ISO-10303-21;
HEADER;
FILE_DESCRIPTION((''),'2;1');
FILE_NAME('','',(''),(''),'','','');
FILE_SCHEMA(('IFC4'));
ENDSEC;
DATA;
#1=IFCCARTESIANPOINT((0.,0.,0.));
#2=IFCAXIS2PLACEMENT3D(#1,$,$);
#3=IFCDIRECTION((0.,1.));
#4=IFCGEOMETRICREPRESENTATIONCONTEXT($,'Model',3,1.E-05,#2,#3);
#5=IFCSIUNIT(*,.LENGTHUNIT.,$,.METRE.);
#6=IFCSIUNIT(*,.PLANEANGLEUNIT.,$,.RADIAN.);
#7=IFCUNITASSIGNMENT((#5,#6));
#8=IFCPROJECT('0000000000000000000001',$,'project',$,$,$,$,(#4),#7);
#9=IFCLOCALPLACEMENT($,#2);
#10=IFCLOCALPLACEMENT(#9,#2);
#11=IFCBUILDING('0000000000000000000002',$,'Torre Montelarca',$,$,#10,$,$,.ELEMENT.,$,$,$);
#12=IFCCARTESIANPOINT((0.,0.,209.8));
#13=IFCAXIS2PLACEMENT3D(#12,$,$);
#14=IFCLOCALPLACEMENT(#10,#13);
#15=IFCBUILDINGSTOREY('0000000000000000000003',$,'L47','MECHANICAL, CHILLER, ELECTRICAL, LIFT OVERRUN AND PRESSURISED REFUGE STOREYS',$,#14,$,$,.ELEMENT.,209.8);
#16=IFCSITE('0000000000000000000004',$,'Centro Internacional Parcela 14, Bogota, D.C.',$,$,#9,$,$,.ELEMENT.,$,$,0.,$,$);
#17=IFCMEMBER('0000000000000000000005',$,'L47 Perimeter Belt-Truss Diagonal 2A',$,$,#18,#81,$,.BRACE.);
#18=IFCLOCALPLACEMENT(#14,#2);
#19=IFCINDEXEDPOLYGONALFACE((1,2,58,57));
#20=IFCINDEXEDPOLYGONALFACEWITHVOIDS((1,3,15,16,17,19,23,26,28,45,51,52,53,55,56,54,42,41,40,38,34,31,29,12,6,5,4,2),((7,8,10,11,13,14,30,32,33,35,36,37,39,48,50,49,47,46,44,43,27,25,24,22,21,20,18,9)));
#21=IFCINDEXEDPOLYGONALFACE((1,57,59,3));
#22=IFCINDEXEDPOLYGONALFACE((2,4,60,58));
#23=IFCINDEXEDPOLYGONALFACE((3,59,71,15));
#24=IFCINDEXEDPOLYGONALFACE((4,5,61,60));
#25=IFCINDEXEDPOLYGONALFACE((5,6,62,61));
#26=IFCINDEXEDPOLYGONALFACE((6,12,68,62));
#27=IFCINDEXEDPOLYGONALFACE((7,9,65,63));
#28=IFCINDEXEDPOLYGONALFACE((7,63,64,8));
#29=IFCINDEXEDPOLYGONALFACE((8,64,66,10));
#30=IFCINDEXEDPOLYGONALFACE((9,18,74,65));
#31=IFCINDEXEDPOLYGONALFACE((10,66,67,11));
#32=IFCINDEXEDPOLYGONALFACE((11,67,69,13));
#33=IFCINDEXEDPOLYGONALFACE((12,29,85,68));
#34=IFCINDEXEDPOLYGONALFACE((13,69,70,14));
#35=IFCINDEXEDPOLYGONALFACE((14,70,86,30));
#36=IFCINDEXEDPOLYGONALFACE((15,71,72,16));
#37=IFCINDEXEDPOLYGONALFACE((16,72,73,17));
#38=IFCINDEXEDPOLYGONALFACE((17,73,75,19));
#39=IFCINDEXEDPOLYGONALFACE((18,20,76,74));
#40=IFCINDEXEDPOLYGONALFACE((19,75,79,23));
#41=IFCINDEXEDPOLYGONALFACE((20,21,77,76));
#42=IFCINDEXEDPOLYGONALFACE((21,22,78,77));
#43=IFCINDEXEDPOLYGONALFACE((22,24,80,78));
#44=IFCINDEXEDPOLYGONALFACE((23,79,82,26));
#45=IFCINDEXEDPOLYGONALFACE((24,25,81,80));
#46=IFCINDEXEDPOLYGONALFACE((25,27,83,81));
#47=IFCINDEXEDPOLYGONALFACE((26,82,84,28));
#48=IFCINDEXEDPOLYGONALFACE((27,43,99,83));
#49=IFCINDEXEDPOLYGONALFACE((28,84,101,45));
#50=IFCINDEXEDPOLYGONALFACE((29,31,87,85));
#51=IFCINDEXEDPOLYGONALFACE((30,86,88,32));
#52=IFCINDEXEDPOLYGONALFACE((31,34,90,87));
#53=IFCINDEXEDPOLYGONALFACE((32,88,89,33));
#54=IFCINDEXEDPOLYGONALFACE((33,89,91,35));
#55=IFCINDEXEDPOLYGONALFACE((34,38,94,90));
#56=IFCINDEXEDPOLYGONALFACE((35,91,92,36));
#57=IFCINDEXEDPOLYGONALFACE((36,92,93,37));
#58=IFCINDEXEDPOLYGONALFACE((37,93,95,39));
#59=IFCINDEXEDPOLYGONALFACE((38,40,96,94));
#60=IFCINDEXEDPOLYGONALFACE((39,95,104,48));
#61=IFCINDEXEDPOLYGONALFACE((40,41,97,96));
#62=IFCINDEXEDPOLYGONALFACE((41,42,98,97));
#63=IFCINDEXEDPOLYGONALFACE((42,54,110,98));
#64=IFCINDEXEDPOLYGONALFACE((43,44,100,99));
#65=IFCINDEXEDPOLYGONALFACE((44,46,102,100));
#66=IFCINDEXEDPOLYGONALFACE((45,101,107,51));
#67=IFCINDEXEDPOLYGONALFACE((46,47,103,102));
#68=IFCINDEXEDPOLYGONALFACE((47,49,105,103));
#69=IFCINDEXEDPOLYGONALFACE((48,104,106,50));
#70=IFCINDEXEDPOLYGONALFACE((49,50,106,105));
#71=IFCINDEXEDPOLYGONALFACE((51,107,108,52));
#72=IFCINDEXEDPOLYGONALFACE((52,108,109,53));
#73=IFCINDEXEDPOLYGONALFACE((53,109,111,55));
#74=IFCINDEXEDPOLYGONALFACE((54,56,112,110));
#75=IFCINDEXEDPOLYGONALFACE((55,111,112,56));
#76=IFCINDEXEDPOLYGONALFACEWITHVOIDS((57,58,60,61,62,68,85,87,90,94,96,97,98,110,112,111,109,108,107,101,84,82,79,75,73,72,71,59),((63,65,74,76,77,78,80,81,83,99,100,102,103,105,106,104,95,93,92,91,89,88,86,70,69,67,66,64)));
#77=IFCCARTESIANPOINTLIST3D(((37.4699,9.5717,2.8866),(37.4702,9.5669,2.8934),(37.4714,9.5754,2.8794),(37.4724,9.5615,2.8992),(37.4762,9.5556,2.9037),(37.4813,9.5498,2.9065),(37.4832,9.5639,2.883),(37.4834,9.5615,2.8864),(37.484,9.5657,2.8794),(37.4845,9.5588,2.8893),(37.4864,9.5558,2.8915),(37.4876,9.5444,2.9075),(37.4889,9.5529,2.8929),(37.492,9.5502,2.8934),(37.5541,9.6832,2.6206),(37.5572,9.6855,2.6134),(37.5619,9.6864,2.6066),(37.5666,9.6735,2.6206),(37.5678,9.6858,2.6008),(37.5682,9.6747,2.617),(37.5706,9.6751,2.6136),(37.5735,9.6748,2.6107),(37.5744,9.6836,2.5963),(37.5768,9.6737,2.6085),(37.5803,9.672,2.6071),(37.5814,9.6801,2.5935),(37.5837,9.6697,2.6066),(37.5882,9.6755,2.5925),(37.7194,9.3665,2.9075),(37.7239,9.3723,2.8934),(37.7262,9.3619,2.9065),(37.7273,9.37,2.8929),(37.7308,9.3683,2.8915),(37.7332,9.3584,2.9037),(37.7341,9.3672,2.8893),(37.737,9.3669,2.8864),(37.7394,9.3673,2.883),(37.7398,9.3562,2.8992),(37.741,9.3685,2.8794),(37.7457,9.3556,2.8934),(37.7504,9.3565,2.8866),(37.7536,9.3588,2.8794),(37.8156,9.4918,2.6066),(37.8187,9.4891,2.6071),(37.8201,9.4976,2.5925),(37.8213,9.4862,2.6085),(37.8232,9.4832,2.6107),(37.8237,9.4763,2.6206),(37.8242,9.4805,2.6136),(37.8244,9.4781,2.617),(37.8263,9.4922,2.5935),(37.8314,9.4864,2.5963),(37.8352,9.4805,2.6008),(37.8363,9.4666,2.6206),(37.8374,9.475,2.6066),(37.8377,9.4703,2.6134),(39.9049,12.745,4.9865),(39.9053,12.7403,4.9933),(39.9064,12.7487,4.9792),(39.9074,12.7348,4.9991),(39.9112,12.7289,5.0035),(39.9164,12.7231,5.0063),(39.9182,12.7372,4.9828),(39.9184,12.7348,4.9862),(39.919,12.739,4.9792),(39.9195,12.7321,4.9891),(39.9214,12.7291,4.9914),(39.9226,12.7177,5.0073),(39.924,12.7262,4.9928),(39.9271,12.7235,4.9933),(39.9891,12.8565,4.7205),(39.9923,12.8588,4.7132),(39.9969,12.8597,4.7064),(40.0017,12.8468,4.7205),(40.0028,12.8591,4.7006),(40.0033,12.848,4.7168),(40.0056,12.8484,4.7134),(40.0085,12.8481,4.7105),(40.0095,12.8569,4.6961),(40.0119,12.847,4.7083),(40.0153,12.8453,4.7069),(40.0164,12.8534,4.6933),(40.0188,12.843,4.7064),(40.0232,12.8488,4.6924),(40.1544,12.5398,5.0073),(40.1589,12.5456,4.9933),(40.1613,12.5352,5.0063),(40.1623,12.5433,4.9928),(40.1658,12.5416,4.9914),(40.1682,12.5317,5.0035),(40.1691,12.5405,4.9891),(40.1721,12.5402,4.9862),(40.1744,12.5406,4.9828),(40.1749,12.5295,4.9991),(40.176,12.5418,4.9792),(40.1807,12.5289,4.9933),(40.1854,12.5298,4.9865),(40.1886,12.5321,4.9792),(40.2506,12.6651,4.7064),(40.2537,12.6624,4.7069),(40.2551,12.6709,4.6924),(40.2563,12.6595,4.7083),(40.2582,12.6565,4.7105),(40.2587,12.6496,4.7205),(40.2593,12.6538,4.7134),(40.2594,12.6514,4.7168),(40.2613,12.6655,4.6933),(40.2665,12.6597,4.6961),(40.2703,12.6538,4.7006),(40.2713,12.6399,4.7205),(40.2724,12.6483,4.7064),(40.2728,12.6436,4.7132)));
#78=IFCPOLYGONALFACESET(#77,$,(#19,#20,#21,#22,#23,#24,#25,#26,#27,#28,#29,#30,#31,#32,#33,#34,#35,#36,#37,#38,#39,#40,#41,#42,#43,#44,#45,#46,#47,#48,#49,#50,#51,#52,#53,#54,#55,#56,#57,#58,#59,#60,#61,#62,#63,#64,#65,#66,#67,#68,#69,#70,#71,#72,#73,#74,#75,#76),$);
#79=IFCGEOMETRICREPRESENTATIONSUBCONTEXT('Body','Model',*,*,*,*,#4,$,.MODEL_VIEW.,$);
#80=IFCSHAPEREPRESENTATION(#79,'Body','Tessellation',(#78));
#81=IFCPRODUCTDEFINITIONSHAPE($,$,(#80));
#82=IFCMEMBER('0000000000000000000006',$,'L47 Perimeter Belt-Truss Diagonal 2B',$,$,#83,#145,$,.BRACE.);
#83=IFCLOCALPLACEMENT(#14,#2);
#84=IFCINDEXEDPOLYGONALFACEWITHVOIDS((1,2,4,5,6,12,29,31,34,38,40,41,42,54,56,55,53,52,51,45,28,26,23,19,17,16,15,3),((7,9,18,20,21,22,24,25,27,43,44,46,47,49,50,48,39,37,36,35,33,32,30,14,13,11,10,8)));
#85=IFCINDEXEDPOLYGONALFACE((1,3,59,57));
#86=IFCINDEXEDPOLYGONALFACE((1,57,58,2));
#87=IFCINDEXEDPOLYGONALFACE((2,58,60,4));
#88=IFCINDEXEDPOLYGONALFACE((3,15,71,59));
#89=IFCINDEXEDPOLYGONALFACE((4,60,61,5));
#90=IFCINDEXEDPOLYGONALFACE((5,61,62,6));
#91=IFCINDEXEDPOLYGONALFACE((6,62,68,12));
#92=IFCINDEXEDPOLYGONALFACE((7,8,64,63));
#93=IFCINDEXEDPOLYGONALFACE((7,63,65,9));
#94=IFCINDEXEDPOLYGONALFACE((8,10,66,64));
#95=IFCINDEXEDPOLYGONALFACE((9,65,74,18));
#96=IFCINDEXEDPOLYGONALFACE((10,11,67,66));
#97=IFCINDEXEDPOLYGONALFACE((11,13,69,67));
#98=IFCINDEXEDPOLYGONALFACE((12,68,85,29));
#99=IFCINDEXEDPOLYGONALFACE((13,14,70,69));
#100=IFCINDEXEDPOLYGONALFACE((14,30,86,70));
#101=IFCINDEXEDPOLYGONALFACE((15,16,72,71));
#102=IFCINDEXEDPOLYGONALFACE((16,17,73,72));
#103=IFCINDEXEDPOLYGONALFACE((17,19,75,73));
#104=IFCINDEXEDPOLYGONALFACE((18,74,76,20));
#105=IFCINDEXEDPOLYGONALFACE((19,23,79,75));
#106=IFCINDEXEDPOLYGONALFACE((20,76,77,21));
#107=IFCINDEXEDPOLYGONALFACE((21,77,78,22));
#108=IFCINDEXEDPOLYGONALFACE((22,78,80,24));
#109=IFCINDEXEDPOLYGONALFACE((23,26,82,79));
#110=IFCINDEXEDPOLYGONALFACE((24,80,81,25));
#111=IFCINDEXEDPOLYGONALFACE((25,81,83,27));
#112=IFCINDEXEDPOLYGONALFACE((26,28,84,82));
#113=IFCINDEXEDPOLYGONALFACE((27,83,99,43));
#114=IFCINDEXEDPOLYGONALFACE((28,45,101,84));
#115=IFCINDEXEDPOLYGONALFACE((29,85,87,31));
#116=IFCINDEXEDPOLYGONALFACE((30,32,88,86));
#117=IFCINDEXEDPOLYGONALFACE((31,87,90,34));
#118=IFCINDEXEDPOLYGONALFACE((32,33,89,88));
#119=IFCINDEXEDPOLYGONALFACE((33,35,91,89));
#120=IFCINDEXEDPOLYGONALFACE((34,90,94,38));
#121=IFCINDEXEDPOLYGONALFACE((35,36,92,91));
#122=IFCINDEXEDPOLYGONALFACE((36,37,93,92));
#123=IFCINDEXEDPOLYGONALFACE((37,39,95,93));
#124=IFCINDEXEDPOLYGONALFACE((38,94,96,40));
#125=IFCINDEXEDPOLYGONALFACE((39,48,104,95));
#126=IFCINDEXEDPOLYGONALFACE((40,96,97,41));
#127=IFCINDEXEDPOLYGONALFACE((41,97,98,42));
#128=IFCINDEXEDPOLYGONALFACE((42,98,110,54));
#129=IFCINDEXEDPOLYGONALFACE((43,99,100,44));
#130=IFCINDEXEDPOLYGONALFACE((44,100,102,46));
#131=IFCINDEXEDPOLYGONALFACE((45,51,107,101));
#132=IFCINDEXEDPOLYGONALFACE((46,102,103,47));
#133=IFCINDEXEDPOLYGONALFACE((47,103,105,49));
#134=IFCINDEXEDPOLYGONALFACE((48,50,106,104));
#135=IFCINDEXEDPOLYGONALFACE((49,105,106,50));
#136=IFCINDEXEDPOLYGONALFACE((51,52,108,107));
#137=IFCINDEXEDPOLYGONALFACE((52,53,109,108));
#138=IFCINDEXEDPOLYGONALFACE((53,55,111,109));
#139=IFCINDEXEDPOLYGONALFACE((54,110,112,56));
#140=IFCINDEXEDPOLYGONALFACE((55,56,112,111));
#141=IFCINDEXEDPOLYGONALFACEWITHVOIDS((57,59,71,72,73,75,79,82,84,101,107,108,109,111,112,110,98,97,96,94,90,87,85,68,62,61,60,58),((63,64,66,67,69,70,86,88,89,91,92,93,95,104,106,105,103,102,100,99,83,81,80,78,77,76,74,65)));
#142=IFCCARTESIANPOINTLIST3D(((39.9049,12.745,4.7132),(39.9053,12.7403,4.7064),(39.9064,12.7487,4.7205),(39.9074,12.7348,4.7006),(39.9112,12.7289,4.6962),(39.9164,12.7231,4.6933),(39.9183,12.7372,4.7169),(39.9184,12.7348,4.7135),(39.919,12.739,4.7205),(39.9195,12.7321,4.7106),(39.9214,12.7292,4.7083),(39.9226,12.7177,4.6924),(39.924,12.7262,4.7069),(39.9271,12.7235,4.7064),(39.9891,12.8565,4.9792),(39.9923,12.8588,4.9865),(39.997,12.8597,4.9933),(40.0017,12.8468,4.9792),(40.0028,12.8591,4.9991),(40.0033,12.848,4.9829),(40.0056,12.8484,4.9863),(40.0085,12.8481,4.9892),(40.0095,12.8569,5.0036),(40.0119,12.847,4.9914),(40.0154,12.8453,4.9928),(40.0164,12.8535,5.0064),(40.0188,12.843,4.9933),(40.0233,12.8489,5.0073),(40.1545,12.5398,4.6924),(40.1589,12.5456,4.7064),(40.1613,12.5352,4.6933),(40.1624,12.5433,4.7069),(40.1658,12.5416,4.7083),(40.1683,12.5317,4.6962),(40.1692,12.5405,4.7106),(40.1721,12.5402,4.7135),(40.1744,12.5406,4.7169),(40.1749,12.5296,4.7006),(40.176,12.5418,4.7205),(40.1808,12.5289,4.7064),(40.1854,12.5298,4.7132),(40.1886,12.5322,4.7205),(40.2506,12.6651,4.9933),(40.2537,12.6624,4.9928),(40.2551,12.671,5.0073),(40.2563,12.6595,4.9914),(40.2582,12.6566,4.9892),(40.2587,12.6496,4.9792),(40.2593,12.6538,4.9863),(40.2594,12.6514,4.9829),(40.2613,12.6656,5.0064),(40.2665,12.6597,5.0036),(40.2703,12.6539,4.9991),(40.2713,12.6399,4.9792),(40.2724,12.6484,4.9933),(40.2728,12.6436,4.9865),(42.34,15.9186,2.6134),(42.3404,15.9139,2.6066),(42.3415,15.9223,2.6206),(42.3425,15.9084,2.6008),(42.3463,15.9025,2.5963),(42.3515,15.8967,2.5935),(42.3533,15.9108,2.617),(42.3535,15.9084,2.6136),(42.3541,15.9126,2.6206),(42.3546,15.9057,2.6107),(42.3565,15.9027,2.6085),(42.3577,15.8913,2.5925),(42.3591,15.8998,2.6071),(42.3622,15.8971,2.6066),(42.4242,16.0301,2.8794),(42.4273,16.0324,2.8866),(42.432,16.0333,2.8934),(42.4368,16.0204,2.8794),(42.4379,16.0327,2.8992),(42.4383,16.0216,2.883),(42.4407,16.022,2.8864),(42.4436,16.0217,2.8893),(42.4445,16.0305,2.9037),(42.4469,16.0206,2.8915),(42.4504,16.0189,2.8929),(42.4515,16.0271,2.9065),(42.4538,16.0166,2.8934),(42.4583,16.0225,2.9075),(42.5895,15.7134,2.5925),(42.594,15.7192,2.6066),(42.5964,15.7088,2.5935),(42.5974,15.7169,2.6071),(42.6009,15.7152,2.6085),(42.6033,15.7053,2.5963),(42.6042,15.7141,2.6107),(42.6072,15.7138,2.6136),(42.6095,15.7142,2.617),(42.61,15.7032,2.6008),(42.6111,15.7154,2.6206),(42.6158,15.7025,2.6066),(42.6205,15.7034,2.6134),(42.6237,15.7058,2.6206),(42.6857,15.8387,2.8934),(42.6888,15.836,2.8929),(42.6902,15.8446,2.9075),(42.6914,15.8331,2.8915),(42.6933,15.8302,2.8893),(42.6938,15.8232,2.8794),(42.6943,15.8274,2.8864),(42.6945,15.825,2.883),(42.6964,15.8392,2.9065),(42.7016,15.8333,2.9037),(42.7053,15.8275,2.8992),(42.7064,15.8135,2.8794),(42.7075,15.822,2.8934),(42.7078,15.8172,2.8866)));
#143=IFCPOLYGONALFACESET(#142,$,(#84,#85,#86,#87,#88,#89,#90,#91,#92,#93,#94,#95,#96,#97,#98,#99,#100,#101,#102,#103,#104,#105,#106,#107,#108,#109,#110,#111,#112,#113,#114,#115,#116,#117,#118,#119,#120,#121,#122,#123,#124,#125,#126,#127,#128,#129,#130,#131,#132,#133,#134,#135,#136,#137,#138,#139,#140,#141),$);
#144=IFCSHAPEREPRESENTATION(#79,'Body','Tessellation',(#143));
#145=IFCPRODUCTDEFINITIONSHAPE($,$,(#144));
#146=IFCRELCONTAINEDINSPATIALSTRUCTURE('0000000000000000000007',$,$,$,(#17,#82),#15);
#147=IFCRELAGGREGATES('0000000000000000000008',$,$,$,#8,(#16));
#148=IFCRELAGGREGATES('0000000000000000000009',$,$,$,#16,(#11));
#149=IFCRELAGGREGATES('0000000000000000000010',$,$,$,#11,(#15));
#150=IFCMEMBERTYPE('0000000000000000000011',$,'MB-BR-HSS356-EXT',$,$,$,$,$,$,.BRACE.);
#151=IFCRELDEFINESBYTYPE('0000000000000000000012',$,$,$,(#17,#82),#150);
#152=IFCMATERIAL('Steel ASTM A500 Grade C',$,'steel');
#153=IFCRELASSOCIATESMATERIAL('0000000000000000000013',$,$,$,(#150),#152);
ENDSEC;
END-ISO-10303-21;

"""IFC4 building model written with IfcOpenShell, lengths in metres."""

from ifc_helpers import new_model, si_unit, direction, frame, origin, origin_2d, place, context, subcontext, project, spatial, hollow_rectangle, extrude, source, transform, mapped, material, material_profile, profile_set, type_object, element, save


model = new_model("IFC4")

# Units and contexts
model_context = context("Model", 3, precision=1e-05, world=origin(), true_north=direction((0.0, 1.0)))
body_context = subcontext(model_context, "Body", "Model", "MODEL_VIEW")
ifc_project = project(units=[si_unit("LENGTHUNIT", "METRE"), si_unit("PLANEANGLEUNIT", "RADIAN")], contexts=[model_context])

# Site, building, storey
site_placement = place(None, origin())
site = spatial("IfcSite", under=ifc_project, at=site_placement, Name="Centro Internacional Parcela 14, Bogota, D.C.", CompositionType="ELEMENT", RefElevation=0.0)
building_placement = place(site_placement, origin())
building = spatial("IfcBuilding", under=site, at=building_placement, Name="Torre Montelarca", CompositionType="ELEMENT")
storey_placement = place(building_placement, frame((0.0, 0.0, 209.8)))
storey = spatial("IfcBuildingStorey", under=building, at=storey_placement, Name="L47", Description="MECHANICAL, CHILLER, ELECTRICAL, LIFT OVERRUN AND PRESSURISED REFUGE STOREYS", CompositionType="ELEMENT", Elevation=209.8)

# Members
ifc_material_1 = material(Name="Steel ASTM A500 Grade C", Category="steel")
ifc_material_profile_1 = material_profile(ifc_material_1, hollow_rectangle(XDim=0.3557, YDim=0.3557, WallThickness=0.0159, InnerFilletRadius=0.0159, OuterFilletRadius=0.0317, at=origin_2d()), Name="HSS356X356X15.9", Category="steel")
ifc_profile_set_1 = profile_set([ifc_material_profile_1], Name="Steel ASTM A500 Grade C")
member_type_1 = type_object("IfcMemberType", Name="MB-BR-HSS356-EXT", PredefinedType="BRACE", material=ifc_profile_set_1)
shared_shape_1 = source(origin(), body_context, "Body", "SweptSolid", [
    extrude(hollow_rectangle(XDim=0.3557, YDim=0.3557, WallThickness=0.0159, InnerFilletRadius=0.0159, OuterFilletRadius=0.0317, at=origin_2d()), origin(), (0.0, 0.0, 1.0), 4.5176),
])
member_1_placement = place(storey_placement, frame((37.6538, 9.521, 2.75), z_axis=(0.539012, 0.702435, 0.464813), x_axis=(-0.793345, 0.608772, 0.0)))
element("IfcMember", 1, at=member_1_placement, inside=storey, type_object=member_type_1, Name="L47 Perimeter Belt-Truss Diagonal 2A", PredefinedType="BRACE", context=body_context, shape_type="MappedRepresentation", body=[
    mapped(shared_shape_1, transform((0.0, 0.0, 0.0), scale=1.0)),
])
shared_shape_2 = source(origin(), body_context, "Body", "SweptSolid", [
    extrude(hollow_rectangle(XDim=0.3557, YDim=0.3557, WallThickness=0.0159, InnerFilletRadius=0.0159, OuterFilletRadius=0.0317, at=origin_2d()), origin(), (0.0, 0.0, 1.0), 4.5178),
])
member_2_placement = place(storey_placement, frame((42.5239, 15.8679, 2.75), z_axis=(-0.538992, -0.702462, 0.464795), x_axis=(0.793368, -0.608743, 0.0)))
element("IfcMember", 2, at=member_2_placement, inside=storey, type_object=member_type_1, Name="L47 Perimeter Belt-Truss Diagonal 2B", PredefinedType="BRACE", context=body_context, shape_type="MappedRepresentation", body=[
    mapped(shared_shape_2, transform((0.0, 0.0, 0.0), scale=1.0)),
])

save(model, "model.ifc")
